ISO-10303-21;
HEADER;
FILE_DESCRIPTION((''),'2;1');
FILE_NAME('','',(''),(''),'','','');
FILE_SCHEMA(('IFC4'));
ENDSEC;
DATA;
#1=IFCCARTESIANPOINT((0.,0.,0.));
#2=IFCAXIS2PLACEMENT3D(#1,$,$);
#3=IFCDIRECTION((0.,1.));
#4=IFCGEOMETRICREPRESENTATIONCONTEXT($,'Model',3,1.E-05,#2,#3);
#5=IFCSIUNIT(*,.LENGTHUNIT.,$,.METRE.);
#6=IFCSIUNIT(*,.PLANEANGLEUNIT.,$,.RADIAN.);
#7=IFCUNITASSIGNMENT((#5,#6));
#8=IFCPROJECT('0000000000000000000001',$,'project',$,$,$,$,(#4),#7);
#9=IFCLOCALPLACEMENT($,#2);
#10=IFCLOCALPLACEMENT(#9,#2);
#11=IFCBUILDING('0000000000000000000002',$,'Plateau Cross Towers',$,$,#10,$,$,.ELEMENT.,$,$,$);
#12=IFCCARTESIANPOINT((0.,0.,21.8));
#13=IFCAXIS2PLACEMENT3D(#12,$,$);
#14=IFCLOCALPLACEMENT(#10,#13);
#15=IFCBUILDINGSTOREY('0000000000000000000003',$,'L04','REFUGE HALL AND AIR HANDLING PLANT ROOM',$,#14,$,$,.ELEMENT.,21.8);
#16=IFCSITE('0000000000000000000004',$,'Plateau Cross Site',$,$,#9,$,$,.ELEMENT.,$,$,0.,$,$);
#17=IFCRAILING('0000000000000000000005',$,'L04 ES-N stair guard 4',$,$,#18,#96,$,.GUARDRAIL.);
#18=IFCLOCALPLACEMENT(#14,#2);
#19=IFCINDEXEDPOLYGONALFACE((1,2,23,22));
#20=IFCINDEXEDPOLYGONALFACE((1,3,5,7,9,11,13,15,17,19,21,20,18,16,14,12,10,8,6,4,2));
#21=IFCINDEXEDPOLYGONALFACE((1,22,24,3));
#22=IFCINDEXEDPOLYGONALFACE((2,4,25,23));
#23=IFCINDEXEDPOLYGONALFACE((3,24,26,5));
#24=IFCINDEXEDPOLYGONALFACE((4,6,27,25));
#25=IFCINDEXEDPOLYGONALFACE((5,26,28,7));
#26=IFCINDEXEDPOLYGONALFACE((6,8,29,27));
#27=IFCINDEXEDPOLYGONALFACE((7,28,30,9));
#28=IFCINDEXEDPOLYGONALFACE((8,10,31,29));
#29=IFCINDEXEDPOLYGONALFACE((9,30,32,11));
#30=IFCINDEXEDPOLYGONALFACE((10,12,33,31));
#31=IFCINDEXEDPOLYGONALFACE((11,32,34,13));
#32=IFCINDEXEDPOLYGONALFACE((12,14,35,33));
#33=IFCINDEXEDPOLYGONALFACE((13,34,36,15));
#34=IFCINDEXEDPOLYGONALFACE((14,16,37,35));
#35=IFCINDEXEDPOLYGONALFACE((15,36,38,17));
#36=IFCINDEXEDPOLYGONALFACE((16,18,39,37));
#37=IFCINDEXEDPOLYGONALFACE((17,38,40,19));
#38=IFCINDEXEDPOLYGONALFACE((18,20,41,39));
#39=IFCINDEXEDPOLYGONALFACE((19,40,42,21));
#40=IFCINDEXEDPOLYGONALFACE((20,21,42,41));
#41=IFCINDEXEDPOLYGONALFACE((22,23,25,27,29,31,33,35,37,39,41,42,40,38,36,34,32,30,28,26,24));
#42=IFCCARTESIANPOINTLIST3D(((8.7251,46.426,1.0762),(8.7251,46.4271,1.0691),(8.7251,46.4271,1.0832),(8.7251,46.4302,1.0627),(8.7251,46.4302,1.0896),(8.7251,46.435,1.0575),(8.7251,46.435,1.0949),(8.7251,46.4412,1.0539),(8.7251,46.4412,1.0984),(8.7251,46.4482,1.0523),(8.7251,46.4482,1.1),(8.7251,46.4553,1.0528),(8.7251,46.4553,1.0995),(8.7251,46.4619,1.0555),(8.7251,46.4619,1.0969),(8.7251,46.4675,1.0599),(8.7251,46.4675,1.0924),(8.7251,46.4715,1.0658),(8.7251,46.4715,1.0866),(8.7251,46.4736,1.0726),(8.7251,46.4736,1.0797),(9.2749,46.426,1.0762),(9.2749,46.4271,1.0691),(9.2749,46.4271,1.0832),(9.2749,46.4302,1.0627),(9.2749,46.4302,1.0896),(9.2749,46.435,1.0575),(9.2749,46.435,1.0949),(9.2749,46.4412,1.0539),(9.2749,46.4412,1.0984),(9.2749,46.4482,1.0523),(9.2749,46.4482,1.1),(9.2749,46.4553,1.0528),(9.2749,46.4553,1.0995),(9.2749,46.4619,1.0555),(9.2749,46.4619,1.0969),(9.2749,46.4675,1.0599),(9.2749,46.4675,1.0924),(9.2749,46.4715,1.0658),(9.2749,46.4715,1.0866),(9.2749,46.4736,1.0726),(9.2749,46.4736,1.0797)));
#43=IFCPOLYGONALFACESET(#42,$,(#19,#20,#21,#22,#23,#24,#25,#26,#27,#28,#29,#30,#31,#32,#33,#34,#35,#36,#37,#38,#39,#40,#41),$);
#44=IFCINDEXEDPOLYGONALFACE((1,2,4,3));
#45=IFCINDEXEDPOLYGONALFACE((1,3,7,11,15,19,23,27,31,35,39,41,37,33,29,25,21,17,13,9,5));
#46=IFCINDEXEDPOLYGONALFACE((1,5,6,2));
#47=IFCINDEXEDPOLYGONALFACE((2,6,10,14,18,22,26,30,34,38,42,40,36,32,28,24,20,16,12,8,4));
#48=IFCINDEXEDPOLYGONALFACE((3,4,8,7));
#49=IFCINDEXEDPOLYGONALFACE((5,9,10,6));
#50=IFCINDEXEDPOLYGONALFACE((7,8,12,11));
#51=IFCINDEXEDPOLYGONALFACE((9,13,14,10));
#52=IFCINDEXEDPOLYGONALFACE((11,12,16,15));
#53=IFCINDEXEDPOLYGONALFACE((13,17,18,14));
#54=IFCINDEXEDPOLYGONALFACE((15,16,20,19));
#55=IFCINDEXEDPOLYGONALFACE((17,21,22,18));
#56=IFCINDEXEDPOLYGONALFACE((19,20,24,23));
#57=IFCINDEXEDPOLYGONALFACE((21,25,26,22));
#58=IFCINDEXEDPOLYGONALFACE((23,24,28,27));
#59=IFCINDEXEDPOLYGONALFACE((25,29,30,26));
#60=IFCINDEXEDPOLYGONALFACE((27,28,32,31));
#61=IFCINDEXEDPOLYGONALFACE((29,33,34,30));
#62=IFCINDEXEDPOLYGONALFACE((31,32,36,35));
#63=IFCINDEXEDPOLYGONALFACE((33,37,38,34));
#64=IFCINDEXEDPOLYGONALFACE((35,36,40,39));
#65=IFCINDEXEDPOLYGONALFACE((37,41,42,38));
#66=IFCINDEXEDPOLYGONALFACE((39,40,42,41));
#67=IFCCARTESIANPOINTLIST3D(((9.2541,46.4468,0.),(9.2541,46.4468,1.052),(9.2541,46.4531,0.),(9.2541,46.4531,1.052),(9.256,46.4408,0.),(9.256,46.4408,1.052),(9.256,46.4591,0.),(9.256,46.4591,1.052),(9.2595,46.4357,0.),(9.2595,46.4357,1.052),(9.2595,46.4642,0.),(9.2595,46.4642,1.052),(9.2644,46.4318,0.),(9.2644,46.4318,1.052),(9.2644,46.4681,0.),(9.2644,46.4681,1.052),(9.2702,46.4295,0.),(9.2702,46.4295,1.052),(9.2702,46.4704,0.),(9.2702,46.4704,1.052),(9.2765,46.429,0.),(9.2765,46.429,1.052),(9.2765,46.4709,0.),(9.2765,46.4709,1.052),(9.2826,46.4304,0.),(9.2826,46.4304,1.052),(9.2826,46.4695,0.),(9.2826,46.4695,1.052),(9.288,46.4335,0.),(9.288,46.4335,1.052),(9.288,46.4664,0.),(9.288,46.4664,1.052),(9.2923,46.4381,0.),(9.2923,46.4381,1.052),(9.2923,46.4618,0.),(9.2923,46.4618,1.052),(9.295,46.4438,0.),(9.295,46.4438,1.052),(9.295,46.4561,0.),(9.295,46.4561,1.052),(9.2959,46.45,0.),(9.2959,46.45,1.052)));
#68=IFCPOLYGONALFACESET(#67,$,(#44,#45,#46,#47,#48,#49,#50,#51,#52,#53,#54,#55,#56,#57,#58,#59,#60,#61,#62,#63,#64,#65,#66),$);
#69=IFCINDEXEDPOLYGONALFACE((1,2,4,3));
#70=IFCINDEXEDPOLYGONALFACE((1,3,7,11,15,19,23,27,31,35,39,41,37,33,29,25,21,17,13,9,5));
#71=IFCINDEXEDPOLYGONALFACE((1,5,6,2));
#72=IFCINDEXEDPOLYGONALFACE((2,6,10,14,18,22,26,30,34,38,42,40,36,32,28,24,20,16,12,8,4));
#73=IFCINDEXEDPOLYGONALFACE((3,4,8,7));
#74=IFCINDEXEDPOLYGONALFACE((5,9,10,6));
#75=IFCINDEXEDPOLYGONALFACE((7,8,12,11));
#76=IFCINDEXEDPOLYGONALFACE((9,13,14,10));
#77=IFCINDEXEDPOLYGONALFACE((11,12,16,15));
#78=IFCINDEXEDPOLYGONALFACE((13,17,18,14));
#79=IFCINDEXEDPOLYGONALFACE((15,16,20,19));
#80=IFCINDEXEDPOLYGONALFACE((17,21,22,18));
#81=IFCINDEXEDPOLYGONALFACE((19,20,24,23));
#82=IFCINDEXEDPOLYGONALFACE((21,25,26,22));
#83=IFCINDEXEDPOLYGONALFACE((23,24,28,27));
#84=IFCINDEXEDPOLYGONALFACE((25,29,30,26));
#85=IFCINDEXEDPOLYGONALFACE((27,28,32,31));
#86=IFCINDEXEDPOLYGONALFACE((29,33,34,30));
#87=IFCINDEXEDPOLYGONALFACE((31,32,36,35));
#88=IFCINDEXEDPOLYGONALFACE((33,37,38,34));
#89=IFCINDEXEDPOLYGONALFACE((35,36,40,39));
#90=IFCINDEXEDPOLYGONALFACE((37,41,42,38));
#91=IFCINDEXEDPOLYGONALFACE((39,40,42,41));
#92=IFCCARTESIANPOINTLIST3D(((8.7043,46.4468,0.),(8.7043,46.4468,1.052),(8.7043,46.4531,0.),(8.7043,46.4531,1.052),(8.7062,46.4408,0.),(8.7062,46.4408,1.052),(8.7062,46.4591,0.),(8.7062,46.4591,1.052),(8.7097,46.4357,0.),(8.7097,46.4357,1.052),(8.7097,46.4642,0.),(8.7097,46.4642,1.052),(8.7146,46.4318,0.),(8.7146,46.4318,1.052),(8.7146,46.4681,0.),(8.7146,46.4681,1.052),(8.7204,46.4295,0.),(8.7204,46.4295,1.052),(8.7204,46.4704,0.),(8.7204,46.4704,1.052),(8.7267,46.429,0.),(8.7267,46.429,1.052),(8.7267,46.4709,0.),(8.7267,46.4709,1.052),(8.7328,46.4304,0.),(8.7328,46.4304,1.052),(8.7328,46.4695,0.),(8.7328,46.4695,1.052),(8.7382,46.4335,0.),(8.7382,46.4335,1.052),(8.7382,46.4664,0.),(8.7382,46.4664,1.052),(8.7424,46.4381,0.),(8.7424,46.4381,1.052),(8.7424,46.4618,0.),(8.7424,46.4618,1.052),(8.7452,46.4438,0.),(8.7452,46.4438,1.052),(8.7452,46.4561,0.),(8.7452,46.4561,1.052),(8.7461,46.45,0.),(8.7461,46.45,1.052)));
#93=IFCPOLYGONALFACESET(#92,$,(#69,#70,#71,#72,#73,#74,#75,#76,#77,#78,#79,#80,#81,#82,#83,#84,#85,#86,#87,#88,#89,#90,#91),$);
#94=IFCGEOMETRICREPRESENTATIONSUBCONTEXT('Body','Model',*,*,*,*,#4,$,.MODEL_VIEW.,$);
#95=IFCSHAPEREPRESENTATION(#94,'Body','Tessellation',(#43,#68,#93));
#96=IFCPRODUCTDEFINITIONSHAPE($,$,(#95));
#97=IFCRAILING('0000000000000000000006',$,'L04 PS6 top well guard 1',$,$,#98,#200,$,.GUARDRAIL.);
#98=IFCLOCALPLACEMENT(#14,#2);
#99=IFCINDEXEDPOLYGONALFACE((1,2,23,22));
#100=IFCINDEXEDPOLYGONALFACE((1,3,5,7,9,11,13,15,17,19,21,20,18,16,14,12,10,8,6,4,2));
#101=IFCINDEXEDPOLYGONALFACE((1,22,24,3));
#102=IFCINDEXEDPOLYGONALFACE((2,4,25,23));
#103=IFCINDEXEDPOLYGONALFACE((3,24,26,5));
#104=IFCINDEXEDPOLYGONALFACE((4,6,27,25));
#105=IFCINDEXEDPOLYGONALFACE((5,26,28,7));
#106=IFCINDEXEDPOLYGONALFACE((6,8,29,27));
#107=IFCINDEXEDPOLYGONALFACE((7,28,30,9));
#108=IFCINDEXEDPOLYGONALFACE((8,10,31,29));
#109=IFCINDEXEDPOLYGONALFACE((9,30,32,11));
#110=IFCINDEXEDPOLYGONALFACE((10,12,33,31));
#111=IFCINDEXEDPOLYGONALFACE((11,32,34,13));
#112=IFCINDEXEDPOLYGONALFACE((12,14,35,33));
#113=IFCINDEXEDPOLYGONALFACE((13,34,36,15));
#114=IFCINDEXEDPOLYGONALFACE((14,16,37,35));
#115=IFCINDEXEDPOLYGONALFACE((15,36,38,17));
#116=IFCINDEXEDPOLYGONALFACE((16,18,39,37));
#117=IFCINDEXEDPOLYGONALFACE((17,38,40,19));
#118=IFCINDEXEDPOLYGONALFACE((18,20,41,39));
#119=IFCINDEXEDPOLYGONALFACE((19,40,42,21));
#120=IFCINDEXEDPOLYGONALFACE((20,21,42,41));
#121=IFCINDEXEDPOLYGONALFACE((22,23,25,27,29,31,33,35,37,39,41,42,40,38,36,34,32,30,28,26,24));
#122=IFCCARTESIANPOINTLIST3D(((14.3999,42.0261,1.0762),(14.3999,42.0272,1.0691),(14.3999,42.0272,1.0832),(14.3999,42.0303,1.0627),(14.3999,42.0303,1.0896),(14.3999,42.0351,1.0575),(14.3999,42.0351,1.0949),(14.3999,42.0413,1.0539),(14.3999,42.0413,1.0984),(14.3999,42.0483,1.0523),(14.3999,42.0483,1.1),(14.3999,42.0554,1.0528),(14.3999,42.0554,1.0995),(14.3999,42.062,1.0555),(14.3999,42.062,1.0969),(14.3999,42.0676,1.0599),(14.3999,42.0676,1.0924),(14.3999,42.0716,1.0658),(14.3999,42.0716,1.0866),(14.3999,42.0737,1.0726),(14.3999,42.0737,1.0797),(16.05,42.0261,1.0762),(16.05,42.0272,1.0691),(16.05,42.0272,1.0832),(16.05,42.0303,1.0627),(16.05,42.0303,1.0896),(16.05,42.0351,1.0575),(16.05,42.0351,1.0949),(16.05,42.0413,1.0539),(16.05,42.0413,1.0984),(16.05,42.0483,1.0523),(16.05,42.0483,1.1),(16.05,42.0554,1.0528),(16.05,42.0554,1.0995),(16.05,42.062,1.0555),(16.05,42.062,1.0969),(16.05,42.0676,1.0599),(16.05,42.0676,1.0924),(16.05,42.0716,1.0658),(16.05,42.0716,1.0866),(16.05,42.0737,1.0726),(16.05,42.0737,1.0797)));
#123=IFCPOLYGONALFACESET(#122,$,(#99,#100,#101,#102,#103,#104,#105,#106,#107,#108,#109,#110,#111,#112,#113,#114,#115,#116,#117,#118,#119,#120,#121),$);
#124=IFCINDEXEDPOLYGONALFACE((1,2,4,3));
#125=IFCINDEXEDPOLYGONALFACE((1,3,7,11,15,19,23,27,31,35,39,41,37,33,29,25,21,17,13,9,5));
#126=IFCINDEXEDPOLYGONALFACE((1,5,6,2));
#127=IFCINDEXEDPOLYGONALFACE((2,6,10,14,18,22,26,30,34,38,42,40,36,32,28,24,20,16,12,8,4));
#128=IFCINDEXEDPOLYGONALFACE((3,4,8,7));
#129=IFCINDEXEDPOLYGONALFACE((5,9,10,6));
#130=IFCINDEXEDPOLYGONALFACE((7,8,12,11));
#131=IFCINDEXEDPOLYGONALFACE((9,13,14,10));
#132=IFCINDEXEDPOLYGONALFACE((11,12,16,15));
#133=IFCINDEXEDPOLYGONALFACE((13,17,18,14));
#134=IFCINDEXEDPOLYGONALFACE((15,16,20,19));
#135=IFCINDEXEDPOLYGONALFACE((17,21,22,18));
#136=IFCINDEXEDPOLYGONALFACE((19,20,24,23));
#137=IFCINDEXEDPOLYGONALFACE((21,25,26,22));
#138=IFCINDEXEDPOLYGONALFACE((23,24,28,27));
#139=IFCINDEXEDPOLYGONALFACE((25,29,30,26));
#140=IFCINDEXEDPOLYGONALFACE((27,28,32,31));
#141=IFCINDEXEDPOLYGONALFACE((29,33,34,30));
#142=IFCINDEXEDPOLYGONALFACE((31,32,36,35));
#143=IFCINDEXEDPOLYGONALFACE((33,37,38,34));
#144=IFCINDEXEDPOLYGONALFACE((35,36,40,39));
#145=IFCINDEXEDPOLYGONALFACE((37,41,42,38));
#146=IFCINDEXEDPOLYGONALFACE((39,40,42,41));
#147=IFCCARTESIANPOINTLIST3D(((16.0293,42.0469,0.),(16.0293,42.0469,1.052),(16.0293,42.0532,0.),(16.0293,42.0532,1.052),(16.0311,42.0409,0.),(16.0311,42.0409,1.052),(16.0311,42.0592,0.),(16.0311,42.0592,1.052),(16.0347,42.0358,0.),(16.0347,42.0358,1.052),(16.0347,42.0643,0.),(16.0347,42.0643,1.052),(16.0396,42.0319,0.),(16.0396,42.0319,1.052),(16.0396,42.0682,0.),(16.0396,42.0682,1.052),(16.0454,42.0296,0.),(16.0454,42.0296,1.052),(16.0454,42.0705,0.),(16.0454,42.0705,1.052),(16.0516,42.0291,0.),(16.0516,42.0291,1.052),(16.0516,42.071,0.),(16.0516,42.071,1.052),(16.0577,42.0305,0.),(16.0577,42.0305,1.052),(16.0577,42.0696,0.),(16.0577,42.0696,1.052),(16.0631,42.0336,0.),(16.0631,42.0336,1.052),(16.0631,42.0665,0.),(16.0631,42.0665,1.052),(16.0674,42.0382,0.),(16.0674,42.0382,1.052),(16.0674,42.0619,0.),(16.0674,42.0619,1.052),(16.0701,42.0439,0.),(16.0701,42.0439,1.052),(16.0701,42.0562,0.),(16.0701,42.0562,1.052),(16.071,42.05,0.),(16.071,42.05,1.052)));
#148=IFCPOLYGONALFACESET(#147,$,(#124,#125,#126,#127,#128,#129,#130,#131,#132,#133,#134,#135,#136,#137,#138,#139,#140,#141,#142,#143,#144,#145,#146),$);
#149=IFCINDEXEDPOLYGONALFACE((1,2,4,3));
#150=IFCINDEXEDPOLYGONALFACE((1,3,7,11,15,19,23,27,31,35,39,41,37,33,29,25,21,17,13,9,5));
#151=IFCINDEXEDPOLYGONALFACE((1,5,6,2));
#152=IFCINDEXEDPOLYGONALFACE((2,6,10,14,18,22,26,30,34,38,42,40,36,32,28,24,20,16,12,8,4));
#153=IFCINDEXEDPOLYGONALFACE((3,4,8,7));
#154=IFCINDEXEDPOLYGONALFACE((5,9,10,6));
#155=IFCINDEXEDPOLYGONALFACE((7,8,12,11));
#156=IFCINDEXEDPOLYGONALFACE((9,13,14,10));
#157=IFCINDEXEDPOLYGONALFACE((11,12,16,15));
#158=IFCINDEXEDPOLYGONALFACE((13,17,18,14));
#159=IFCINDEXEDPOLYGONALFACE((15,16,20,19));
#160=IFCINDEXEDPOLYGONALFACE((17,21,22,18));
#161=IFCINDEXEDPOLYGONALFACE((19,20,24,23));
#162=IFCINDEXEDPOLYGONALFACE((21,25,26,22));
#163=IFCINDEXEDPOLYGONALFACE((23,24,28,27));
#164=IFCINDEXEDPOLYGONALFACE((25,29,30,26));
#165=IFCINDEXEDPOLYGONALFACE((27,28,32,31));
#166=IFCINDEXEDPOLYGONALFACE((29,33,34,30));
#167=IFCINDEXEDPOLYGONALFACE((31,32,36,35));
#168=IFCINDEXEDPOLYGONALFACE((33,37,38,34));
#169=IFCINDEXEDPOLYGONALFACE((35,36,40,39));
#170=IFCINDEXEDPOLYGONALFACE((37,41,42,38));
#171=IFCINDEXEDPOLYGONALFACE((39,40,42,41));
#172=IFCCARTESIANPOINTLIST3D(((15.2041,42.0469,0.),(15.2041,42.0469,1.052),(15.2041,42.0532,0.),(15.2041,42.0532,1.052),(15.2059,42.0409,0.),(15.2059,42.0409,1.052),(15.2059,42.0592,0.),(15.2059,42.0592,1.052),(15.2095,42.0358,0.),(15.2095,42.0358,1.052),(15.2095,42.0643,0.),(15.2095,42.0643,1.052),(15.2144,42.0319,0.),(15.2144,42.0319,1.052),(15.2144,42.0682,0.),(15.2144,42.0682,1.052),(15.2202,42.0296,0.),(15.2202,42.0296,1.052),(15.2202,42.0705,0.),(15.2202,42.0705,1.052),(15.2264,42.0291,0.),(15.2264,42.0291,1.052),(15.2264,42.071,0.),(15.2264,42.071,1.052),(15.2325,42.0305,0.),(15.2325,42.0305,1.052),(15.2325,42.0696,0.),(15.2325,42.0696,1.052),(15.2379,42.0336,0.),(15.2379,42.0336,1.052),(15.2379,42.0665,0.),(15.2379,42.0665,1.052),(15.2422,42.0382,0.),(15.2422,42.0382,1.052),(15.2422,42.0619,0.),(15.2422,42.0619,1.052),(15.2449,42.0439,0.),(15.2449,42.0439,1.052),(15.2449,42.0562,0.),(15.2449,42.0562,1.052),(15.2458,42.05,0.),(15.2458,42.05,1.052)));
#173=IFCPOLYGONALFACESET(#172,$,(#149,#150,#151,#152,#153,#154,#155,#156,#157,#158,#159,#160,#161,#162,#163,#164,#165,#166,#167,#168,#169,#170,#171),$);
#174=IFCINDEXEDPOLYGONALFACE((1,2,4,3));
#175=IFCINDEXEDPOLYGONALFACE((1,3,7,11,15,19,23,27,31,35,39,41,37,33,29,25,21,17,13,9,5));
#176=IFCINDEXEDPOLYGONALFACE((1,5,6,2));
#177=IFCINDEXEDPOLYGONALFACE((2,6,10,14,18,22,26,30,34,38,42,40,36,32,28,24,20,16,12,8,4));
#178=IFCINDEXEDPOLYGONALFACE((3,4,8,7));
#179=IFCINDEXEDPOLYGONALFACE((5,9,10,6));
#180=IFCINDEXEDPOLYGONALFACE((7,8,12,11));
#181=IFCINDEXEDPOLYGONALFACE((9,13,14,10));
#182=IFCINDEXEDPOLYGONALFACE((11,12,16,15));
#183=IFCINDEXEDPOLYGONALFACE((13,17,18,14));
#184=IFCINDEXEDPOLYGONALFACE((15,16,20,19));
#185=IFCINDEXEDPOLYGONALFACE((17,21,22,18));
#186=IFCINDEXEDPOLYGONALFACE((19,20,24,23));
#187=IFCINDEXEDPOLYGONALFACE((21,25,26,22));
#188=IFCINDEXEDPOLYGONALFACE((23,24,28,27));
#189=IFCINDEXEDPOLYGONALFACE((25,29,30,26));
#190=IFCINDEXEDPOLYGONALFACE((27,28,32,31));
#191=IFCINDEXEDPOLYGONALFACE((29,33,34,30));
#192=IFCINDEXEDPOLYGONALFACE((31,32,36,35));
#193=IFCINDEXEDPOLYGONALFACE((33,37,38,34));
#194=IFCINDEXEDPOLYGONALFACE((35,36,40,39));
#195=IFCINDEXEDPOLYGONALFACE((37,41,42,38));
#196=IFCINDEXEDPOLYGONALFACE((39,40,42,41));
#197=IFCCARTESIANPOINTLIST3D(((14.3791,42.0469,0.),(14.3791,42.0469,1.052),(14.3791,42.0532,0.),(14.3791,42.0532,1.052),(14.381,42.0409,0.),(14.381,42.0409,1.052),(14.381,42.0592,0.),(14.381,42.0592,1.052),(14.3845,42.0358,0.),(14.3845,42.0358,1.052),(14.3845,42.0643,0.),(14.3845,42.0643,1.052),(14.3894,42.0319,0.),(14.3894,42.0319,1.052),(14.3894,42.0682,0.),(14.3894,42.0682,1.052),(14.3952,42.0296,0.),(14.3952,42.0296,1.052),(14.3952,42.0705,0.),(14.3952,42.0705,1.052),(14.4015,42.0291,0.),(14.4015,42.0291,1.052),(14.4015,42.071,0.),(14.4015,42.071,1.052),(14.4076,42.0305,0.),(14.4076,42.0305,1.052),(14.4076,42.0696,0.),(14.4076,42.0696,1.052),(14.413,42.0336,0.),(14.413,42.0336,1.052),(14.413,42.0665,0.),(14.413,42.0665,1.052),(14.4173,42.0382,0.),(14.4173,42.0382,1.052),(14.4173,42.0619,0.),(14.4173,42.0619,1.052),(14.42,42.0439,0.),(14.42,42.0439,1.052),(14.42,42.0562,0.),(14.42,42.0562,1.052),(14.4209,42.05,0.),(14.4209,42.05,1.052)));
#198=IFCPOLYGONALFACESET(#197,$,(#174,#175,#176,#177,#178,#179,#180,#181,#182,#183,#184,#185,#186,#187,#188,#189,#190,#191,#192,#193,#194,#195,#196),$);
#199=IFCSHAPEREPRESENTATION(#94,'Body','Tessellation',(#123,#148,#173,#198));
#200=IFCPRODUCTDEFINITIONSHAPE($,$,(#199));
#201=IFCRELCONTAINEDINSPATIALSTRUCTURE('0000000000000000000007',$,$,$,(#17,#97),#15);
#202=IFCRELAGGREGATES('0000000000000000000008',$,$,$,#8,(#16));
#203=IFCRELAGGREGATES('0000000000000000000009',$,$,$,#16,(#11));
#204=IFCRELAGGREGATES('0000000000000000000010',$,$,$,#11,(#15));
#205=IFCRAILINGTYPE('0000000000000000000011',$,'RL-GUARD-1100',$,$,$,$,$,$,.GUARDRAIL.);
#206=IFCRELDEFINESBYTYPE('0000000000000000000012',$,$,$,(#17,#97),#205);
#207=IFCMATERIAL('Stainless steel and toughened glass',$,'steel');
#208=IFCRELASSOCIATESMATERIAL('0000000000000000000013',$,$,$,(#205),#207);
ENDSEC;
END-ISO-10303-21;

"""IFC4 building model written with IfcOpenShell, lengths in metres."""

from ifc_helpers import new_model, si_unit, direction, frame, origin, origin_2d, place, context, subcontext, project, spatial, circle, extrude, material, type_object, element, save


model = new_model("IFC4")

# Units and contexts
model_context = context("Model", 3, precision=1e-05, world=origin(), true_north=direction((0.0, 1.0)))
body_context = subcontext(model_context, "Body", "Model", "MODEL_VIEW")
ifc_project = project(units=[si_unit("LENGTHUNIT", "METRE"), si_unit("PLANEANGLEUNIT", "RADIAN")], contexts=[model_context])

# Site, building, storey
site_placement = place(None, origin())
site = spatial("IfcSite", under=ifc_project, at=site_placement, Name="Plateau Cross Site", CompositionType="ELEMENT", RefElevation=0.0)
building_placement = place(site_placement, origin())
building = spatial("IfcBuilding", under=site, at=building_placement, Name="Plateau Cross Towers", CompositionType="ELEMENT")
storey_placement = place(building_placement, frame((0.0, 0.0, 21.8)))
storey = spatial("IfcBuildingStorey", under=building, at=storey_placement, Name="L04", Description="REFUGE HALL AND AIR HANDLING PLANT ROOM", CompositionType="ELEMENT", Elevation=21.8)

# Railings
ifc_material_1 = material(Name="Stainless steel and toughened glass", Category="steel")
railing_type_1 = type_object("IfcRailingType", Name="RL-GUARD-1100", PredefinedType="GUARDRAIL", material=ifc_material_1)
railing_1_placement = place(storey_placement, frame((9.2749, 46.45, 0.0)))
element("IfcRailing", 1, at=railing_1_placement, inside=storey, type_object=railing_type_1, Name="L04 ES-N stair guard 4", PredefinedType="GUARDRAIL", context=body_context, shape_type="SweptSolid", body=[
    extrude(circle(Radius=0.0239, at=origin_2d()), frame((0.0, 0.0, 1.0762), z_axis=(-1.0, 0.0, 0.0), x_axis=(0.0, -1.0, 0.0)), (0.0, 0.0, 1.0), 0.5498),
    extrude(circle(Radius=0.021, at=origin_2d()), origin(), (0.0, 0.0, 1.0), 1.052),
    extrude(circle(Radius=0.021, at=origin_2d()), frame((-0.5498, 0.0, 0.0)), (0.0, 0.0, 1.0), 1.052),
])
railing_2_placement = place(storey_placement, frame((16.05, 42.05, 0.0)))
element("IfcRailing", 2, at=railing_2_placement, inside=storey, type_object=railing_type_1, Name="L04 PS6 top well guard 1", PredefinedType="GUARDRAIL", context=body_context, shape_type="SweptSolid", body=[
    extrude(circle(Radius=0.0239, at=origin_2d()), frame((0.0, 0.0, 1.0762), z_axis=(-1.0, 0.0, 0.0), x_axis=(0.0, -1.0, 0.0)), (0.0, 0.0, 1.0), 1.6501),
    extrude(circle(Radius=0.021, at=origin_2d()), origin(), (0.0, 0.0, 1.0), 1.052),
    extrude(circle(Radius=0.021, at=origin_2d()), frame((-0.8252, 0.0, 0.0)), (0.0, 0.0, 1.0), 1.052),
    extrude(circle(Radius=0.021, at=origin_2d()), frame((-1.6501, 0.0, 0.0)), (0.0, 0.0, 1.0), 1.052),
])

save(model, "model.ifc")
